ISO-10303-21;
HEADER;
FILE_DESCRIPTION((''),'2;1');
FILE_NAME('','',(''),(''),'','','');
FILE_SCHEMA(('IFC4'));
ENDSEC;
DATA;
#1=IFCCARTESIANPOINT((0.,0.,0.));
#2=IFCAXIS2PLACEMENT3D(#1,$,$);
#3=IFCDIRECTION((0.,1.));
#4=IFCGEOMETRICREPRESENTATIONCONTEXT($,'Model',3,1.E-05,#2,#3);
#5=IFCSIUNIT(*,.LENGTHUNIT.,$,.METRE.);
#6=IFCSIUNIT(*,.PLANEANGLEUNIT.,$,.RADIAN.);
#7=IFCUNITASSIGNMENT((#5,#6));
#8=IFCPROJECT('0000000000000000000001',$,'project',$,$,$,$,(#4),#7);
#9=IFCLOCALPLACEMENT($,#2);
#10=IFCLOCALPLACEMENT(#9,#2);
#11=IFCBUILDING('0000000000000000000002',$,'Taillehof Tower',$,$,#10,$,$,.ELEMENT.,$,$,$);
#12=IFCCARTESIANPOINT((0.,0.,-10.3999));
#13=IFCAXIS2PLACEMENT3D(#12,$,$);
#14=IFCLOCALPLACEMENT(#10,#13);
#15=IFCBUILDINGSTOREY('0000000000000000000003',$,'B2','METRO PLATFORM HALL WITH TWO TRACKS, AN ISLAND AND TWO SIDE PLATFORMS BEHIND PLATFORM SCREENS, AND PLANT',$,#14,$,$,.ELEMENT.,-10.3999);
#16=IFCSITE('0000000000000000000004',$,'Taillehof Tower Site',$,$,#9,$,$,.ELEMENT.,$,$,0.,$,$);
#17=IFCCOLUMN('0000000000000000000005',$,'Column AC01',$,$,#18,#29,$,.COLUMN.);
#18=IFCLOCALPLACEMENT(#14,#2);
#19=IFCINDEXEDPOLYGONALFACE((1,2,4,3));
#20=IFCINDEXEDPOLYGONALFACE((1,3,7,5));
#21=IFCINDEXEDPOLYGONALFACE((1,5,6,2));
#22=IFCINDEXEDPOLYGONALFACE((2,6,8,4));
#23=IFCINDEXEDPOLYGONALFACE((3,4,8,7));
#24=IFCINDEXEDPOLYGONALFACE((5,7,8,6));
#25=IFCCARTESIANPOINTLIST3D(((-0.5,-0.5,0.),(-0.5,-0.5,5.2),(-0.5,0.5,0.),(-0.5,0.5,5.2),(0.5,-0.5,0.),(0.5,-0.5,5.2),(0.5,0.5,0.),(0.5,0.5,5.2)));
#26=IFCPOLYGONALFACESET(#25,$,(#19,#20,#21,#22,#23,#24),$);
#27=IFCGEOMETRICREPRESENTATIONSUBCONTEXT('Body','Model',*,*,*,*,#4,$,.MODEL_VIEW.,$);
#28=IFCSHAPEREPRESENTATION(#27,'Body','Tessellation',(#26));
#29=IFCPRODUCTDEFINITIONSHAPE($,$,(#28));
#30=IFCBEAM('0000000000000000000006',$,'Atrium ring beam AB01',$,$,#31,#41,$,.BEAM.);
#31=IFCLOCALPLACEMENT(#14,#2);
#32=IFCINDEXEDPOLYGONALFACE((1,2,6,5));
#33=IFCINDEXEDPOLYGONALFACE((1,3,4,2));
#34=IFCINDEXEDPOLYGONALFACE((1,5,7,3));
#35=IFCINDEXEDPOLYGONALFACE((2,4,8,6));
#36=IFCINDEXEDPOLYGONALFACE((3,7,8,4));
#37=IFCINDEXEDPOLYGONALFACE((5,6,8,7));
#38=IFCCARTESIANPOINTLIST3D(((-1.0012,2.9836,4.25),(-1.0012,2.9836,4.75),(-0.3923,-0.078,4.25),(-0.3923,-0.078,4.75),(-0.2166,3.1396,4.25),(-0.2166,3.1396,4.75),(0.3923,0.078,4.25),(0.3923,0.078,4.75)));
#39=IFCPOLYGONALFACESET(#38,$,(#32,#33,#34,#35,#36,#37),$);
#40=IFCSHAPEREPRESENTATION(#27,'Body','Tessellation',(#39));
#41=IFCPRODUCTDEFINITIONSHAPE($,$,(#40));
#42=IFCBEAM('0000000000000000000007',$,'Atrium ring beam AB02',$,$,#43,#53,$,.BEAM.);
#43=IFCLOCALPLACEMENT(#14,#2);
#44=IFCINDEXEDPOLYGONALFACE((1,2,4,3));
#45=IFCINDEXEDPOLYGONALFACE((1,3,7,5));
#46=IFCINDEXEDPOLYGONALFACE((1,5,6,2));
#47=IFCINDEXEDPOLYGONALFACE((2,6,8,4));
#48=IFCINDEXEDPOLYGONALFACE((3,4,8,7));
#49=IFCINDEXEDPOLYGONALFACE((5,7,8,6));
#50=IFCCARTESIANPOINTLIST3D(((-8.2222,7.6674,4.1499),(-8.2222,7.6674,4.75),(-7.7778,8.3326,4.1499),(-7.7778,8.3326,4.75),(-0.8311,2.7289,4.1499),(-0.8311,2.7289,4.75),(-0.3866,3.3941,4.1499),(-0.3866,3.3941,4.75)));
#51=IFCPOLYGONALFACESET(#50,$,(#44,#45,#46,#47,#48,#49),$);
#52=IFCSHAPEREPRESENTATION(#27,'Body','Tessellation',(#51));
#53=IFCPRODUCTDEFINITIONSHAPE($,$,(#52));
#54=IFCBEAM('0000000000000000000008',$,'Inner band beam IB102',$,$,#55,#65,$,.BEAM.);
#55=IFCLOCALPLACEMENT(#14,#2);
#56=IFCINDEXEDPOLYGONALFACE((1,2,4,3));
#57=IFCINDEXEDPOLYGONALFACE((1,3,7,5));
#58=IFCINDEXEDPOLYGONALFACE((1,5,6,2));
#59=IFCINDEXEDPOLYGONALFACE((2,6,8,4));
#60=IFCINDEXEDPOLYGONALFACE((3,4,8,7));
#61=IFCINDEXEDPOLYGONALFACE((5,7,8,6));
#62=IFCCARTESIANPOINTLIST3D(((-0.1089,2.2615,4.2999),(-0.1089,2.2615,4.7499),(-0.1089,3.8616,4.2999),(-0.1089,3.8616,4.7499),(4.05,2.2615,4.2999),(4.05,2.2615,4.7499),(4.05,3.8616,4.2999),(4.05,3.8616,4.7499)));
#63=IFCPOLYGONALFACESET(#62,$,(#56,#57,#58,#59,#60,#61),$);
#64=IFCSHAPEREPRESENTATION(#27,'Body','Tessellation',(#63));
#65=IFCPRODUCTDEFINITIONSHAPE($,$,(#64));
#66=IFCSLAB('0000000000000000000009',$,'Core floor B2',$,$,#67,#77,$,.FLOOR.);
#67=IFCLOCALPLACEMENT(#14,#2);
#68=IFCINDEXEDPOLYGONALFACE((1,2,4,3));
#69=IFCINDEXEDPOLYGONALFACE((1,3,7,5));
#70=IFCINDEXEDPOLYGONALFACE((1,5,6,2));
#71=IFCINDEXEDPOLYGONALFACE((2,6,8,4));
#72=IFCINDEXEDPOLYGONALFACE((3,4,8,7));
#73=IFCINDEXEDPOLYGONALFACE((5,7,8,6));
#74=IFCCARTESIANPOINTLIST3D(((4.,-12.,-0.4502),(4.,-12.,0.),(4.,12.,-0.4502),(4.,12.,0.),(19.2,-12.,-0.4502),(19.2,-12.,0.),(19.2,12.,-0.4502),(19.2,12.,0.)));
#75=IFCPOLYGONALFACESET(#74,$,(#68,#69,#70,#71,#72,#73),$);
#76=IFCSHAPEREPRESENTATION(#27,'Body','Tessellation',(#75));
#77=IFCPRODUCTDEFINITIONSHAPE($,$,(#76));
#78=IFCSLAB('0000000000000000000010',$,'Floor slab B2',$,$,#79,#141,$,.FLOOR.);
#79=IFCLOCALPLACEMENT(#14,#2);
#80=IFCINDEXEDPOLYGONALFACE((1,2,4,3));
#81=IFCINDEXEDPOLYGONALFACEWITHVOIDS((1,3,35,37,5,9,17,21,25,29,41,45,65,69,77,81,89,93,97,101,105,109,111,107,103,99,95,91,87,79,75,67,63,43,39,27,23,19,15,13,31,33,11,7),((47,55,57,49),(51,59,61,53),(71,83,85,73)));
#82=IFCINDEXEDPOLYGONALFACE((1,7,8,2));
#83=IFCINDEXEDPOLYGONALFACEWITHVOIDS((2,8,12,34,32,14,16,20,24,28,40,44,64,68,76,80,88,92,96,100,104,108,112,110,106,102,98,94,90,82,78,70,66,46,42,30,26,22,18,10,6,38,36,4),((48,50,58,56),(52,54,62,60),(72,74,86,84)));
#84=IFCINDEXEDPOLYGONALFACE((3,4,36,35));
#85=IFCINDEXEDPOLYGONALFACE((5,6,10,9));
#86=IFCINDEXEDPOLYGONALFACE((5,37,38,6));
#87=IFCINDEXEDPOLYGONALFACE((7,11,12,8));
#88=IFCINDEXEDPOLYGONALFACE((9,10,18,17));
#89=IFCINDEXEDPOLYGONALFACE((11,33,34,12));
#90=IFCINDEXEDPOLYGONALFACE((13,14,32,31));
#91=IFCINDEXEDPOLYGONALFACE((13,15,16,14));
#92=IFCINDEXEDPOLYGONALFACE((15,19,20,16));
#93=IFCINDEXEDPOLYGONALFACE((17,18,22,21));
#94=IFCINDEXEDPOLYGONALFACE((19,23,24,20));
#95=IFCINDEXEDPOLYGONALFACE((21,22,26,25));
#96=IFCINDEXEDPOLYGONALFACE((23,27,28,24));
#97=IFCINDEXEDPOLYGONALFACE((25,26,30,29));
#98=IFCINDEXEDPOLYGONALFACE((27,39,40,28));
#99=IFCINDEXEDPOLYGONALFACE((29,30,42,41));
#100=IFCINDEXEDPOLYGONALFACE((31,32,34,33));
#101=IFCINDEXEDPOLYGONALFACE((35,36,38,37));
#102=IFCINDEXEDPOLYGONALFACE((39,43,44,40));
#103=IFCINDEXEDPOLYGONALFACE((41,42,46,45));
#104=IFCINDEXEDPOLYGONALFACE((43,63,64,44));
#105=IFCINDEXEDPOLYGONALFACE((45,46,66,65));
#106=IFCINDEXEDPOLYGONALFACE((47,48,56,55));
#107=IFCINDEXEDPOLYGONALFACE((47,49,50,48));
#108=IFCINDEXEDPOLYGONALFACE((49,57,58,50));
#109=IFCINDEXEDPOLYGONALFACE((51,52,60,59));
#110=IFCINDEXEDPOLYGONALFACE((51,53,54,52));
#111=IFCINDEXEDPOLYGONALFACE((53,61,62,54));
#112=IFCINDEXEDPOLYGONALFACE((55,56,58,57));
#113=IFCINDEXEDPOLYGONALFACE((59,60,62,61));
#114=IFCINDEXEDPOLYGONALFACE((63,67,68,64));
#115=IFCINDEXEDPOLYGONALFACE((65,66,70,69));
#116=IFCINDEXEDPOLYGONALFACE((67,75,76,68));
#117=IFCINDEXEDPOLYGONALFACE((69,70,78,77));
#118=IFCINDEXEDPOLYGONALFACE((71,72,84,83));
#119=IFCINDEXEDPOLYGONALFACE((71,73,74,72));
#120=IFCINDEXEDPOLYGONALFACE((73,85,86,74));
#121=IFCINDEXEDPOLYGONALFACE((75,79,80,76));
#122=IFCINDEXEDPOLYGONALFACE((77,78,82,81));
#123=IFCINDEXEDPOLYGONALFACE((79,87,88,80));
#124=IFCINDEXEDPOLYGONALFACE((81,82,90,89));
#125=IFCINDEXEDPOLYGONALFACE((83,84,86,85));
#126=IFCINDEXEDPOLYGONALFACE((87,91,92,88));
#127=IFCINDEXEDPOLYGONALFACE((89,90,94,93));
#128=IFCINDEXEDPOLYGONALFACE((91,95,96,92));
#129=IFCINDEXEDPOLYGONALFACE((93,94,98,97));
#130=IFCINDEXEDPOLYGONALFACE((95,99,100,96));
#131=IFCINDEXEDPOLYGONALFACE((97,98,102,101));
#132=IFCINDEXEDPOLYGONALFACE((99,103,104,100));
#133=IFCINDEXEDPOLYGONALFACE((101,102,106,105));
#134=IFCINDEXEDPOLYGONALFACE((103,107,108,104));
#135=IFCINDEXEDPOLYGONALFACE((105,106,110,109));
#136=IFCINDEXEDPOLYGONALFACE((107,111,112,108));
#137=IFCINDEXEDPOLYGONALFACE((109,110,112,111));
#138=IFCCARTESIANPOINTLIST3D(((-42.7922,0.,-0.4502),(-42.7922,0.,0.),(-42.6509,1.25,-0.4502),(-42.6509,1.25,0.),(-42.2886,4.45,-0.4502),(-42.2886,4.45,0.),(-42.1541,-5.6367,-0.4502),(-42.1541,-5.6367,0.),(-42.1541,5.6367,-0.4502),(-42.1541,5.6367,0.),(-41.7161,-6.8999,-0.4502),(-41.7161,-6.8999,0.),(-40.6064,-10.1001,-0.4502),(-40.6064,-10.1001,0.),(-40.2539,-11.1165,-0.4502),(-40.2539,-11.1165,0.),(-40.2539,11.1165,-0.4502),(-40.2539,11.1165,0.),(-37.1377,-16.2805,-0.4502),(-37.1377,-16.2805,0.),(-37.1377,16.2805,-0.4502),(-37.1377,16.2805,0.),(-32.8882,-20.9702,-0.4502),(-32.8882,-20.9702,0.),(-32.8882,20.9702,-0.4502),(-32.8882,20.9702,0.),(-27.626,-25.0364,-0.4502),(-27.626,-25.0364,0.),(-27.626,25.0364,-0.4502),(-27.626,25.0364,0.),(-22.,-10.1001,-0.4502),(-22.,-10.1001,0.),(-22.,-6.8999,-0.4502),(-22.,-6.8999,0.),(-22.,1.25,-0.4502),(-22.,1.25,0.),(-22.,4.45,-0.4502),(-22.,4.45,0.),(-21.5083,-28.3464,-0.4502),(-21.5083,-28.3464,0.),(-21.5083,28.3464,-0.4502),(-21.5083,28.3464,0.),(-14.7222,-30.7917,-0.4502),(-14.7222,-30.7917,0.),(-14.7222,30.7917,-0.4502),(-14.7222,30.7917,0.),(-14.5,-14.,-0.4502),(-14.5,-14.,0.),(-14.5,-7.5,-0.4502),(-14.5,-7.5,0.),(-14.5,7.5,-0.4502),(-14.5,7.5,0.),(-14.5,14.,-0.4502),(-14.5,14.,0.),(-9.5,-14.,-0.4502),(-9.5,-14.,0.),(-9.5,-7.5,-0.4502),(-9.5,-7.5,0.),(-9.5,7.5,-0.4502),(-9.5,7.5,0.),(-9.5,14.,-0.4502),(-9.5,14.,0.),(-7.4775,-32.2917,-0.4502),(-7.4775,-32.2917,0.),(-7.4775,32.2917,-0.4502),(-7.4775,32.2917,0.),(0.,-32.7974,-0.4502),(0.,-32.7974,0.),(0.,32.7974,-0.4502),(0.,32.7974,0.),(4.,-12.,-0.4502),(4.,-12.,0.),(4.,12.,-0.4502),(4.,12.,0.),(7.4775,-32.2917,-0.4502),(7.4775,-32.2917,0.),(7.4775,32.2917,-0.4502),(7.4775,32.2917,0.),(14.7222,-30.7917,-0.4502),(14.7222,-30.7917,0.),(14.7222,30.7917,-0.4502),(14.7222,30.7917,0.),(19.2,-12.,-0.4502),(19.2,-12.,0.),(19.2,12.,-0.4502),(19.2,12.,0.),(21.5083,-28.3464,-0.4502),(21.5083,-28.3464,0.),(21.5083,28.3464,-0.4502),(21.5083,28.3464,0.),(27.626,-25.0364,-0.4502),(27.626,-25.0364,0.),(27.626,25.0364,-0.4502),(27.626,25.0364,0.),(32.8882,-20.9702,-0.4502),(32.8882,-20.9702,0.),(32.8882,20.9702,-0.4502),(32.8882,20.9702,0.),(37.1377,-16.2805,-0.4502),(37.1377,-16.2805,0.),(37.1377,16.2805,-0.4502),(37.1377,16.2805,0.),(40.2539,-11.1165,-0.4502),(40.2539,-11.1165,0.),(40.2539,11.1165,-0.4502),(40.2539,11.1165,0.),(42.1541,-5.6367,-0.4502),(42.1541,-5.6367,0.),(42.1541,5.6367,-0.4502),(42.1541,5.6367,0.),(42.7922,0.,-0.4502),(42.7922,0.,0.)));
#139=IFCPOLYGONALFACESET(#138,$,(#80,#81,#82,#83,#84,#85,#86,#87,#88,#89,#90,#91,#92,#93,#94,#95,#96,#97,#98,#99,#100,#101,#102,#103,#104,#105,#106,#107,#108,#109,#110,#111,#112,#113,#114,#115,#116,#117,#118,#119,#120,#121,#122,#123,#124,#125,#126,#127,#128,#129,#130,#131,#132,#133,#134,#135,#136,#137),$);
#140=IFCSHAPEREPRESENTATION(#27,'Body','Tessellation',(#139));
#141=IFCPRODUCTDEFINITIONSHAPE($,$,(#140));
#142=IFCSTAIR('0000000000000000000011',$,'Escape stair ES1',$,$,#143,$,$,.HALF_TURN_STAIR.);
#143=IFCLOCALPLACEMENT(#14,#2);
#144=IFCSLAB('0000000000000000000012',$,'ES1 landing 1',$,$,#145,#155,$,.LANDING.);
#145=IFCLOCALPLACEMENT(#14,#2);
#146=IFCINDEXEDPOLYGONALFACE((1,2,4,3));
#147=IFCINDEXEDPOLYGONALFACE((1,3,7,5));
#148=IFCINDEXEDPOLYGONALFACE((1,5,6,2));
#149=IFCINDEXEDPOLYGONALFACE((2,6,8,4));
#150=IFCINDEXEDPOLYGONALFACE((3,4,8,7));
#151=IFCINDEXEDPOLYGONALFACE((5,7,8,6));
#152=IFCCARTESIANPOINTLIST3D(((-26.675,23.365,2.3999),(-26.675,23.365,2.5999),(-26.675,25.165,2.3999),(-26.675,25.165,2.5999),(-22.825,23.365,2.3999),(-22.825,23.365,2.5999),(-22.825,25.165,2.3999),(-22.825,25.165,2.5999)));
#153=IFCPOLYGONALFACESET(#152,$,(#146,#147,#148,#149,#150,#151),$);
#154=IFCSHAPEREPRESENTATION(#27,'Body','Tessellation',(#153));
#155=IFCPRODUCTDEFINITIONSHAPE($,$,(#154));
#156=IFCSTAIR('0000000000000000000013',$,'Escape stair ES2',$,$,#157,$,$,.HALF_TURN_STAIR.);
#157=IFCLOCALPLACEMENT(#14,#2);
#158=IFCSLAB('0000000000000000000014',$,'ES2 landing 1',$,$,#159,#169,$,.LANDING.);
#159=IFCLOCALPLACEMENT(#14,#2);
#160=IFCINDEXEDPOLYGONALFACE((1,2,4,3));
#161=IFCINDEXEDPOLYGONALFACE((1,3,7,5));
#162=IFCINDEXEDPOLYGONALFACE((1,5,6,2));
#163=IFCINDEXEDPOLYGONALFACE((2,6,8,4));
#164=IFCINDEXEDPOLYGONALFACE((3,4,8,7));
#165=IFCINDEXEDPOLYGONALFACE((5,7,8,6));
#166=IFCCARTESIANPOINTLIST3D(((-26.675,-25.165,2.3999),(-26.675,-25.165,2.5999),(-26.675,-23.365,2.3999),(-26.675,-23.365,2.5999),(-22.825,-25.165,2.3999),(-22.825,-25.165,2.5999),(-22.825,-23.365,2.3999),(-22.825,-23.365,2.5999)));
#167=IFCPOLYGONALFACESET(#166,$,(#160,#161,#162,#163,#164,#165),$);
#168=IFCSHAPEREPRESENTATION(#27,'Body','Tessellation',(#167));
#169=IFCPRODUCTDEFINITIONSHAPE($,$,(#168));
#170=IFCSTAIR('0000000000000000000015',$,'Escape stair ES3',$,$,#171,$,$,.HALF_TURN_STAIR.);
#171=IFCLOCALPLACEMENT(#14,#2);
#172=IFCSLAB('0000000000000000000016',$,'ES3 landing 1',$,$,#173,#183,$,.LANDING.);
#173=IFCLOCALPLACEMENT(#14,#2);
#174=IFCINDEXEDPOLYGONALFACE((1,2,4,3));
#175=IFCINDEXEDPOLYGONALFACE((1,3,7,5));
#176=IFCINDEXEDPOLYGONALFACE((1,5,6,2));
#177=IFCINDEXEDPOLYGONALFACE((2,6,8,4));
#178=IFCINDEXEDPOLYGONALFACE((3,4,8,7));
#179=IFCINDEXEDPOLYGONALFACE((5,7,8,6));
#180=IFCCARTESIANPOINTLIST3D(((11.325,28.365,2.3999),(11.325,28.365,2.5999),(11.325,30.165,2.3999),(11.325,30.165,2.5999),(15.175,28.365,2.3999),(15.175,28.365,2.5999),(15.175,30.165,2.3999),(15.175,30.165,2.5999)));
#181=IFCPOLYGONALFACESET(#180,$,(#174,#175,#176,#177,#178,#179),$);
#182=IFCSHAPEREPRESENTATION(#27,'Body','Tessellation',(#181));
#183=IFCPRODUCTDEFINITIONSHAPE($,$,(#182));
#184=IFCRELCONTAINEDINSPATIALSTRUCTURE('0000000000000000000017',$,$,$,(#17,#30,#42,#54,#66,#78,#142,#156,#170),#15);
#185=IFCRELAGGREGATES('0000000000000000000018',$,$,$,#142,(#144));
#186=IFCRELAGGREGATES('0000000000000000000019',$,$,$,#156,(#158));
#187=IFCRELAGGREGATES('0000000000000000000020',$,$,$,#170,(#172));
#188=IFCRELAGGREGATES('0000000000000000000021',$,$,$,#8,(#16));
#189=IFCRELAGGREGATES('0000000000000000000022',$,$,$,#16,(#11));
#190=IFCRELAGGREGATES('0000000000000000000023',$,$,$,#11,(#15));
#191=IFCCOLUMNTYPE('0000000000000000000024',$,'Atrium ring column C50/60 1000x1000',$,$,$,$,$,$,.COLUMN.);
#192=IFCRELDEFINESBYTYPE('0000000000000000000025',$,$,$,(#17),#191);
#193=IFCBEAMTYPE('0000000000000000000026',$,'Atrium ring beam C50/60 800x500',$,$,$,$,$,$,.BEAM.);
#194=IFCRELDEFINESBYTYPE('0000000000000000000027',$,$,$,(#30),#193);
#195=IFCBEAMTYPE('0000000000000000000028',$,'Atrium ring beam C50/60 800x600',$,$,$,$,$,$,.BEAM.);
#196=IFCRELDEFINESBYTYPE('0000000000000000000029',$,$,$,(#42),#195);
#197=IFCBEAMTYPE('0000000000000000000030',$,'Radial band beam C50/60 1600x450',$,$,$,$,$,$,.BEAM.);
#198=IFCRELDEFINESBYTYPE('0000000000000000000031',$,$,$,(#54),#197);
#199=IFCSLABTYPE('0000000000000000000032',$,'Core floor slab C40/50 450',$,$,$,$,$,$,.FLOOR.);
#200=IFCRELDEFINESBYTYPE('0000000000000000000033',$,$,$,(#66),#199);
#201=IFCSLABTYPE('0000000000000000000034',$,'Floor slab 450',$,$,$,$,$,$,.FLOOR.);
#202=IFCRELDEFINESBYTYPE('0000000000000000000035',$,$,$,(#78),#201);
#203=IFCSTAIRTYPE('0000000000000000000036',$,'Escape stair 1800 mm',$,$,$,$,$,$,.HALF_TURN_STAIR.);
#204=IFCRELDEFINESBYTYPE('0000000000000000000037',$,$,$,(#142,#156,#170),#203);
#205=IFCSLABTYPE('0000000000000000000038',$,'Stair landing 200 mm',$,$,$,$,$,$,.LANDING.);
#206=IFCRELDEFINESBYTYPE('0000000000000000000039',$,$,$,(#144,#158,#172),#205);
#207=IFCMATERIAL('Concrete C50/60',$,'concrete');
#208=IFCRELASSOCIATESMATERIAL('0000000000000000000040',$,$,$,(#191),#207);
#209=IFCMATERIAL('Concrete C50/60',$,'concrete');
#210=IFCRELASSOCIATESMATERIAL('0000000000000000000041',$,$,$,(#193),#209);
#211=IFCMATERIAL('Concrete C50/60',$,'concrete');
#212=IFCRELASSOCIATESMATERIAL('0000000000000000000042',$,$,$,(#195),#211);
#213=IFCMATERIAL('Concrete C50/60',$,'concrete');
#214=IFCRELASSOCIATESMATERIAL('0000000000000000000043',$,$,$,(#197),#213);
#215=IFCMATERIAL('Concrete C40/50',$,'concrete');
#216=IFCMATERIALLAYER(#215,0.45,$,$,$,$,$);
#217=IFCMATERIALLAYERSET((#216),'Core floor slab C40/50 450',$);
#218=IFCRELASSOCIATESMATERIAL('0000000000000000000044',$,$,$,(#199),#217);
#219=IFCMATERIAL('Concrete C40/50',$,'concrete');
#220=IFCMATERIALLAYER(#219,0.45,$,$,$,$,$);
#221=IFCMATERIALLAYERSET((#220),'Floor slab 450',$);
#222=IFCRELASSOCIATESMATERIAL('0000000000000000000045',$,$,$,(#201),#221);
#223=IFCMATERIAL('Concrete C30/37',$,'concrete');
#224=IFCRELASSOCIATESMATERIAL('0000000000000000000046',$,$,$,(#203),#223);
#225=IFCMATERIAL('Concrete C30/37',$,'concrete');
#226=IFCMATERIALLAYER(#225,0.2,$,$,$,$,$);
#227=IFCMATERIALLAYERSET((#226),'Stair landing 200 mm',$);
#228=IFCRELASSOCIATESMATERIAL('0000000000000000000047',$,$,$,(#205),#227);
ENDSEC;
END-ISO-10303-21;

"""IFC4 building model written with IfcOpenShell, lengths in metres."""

from ifc_helpers import new_model, si_unit, direction, frame, origin, origin_with_axes, origin_2d, place, context, subcontext, project, spatial, polyline, rectangle, outline, extrude, material, layer, layer_set, material_profile, profile_set, type_object, element, aggregate, save


model = new_model("IFC4")

# Units and contexts
model_context = context("Model", 3, precision=1e-05, world=origin(), true_north=direction((0.0, 1.0)))
body_context = subcontext(model_context, "Body", "Model", "MODEL_VIEW")
ifc_project = project(units=[si_unit("LENGTHUNIT", "METRE"), si_unit("PLANEANGLEUNIT", "RADIAN")], contexts=[model_context])

# Site, building, storey
site_placement = place(None, origin())
site = spatial("IfcSite", under=ifc_project, at=site_placement, Name="Taillehof Tower Site", CompositionType="ELEMENT", RefElevation=0.0)
building_placement = place(site_placement, origin())
building = spatial("IfcBuilding", under=site, at=building_placement, Name="Taillehof Tower", CompositionType="ELEMENT")
storey_placement = place(building_placement, frame((0.0, 0.0, -10.3999)))
storey = spatial("IfcBuildingStorey", under=building, at=storey_placement, Name="B2", Description="METRO PLATFORM HALL WITH TWO TRACKS, AN ISLAND AND TWO SIDE PLATFORMS BEHIND PLATFORM SCREENS, AND PLANT", CompositionType="ELEMENT", Elevation=-10.3999)

# Column
ifc_material_1 = material(Name="Concrete C50/60", Category="concrete")
ifc_material_profile_1 = material_profile(ifc_material_1, rectangle(XDim=1.0, YDim=1.0, at=origin_2d()), Name="RC 1000x1000")
ifc_profile_set_1 = profile_set([ifc_material_profile_1], Name="Concrete C50/60")
column_type = type_object("IfcColumnType", Name="Atrium ring column C50/60 1000x1000", PredefinedType="COLUMN", material=ifc_profile_set_1)
column_placement = place(storey_placement, origin_with_axes())
element("IfcColumn", 1, at=column_placement, inside=storey, type_object=column_type, Name="Column AC01", PredefinedType="COLUMN", context=body_context, shape_type="SweptSolid", body=[
    extrude(rectangle(XDim=1.0, YDim=1.0, at=origin_2d()), origin(), (0.0, 0.0, 1.0), 5.2),
])

# Beams
ifc_material_2 = material(Name="Concrete C50/60", Category="concrete")
ifc_material_profile_2 = material_profile(ifc_material_2, rectangle(XDim=0.8, YDim=0.5, at=origin_2d()), Name="RC 800x500")
ifc_profile_set_2 = profile_set([ifc_material_profile_2], Name="Concrete C50/60")
beam_type_1 = type_object("IfcBeamType", Name="Atrium ring beam C50/60 800x500", PredefinedType="BEAM", material=ifc_profile_set_2)
beam_1_placement = place(storey_placement, frame((0.0, 0.0, 4.5), z_axis=(-0.195063, 0.980791, 0.0), x_axis=(-0.980791, -0.195063, 0.0)))
element("IfcBeam", 2, at=beam_1_placement, inside=storey, type_object=beam_type_1, Name="Atrium ring beam AB01", PredefinedType="BEAM", context=body_context, shape_type="SweptSolid", body=[
    extrude(rectangle(XDim=0.8, YDim=0.5, at=origin_2d()), origin(), (0.0, 0.0, 1.0), 3.1216),
])
ifc_material_3 = material(Name="Concrete C50/60", Category="concrete")
ifc_material_profile_3 = material_profile(ifc_material_3, rectangle(XDim=0.8, YDim=0.6001, at=origin_2d()), Name="RC 800x600")
ifc_profile_set_3 = profile_set([ifc_material_profile_3], Name="Concrete C50/60")
beam_type_2 = type_object("IfcBeamType", Name="Atrium ring beam C50/60 800x600", PredefinedType="BEAM", material=ifc_profile_set_3)
beam_2_placement = place(storey_placement, frame((-0.6089, 3.0615, 4.45), z_axis=(-0.831475, 0.555562, 0.0), x_axis=(-0.555562, -0.831475, 0.0)))
element("IfcBeam", 3, at=beam_2_placement, inside=storey, type_object=beam_type_2, Name="Atrium ring beam AB02", PredefinedType="BEAM", context=body_context, shape_type="SweptSolid", body=[
    extrude(rectangle(XDim=0.8, YDim=0.6001, at=origin_2d()), origin(), (0.0, 0.0, 1.0), 8.8892),
])
ifc_material_4 = material(Name="Concrete C50/60", Category="concrete")
ifc_material_profile_4 = material_profile(ifc_material_4, rectangle(XDim=1.6001, YDim=0.45, at=origin_2d()), Name="RC 1600x450")
ifc_profile_set_4 = profile_set([ifc_material_profile_4], Name="Concrete C50/60")
beam_type_3 = type_object("IfcBeamType", Name="Radial band beam C50/60 1600x450", PredefinedType="BEAM", material=ifc_profile_set_4)
beam_3_placement = place(storey_placement, frame((-0.1089, 3.0615, 4.5249), z_axis=(1.0, 0.0, 0.0), x_axis=(0.0, 1.0, 0.0)))
element("IfcBeam", 4, at=beam_3_placement, inside=storey, type_object=beam_type_3, Name="Inner band beam IB102", PredefinedType="BEAM", context=body_context, shape_type="SweptSolid", body=[
    extrude(rectangle(XDim=1.6001, YDim=0.45, at=origin_2d()), origin(), (0.0, 0.0, 1.0), 4.1589),
])

# Slabs
ifc_material_5 = material(Name="Concrete C40/50", Category="concrete")
ifc_layer_1 = layer(ifc_material_5, 0.45)
ifc_layer_set_1 = layer_set([ifc_layer_1], Name="Core floor slab C40/50 450")
slab_type_1 = type_object("IfcSlabType", Name="Core floor slab C40/50 450", PredefinedType="FLOOR", material=ifc_layer_set_1)
slab_1_placement = place(storey_placement, frame((0.0, 0.0, -0.4502)))
element("IfcSlab", 5, at=slab_1_placement, inside=storey, type_object=slab_type_1, Name="Core floor B2", PredefinedType="FLOOR", context=body_context, shape_type="SweptSolid", body=[
    extrude(outline(polyline([(19.2, -12.0), (19.2, 12.0), (4.0, 12.0), (4.0, -12.0), (19.2, -12.0)])), origin(), (0.0, 0.0, 1.0), 0.4502),
])
ifc_material_6 = material(Name="Concrete C40/50", Category="concrete")
ifc_layer_2 = layer(ifc_material_6, 0.45)
ifc_layer_set_2 = layer_set([ifc_layer_2], Name="Floor slab 450")
slab_type_2 = type_object("IfcSlabType", Name="Floor slab 450", PredefinedType="FLOOR", material=ifc_layer_set_2)
slab_2_placement = place(storey_placement, frame((0.0, 0.0, -0.4502)))
element("IfcSlab", 6, at=slab_2_placement, inside=storey, type_object=slab_type_2, Name="Floor slab B2", PredefinedType="FLOOR", context=body_context, shape_type="SweptSolid", body=[
    extrude(outline(polyline([(-42.1541, 5.6367), (-40.2539, 11.1165), (-37.1377, 16.2805), (-32.8882, 20.9702), (-27.626, 25.0364), (-21.5083, 28.3464), (-14.7222, 30.7917), (-7.4775, 32.2917), (0.0, 32.7974), (7.4775, 32.2917), (14.7222, 30.7917), (21.5083, 28.3464), (27.626, 25.0364), (32.8882, 20.9702), (37.1377, 16.2805), (40.2539, 11.1165), (42.1541, 5.6367), (42.7922, 0.0), (42.1541, -5.6367), (40.2539, -11.1165), (37.1377, -16.2805), (32.8882, -20.9702), (27.626, -25.0364), (21.5083, -28.3464), (14.7222, -30.7917), (7.4775, -32.2917), (0.0, -32.7974), (-7.4775, -32.2917), (-14.7222, -30.7917), (-21.5083, -28.3464), (-27.626, -25.0364), (-32.8882, -20.9702), (-37.1377, -16.2805), (-40.2539, -11.1165), (-40.6064, -10.1001), (-22.0, -10.1001), (-22.0, -6.8999), (-41.7161, -6.8999), (-42.1541, -5.6367), (-42.7922, 0.0), (-42.6509, 1.25), (-22.0, 1.25), (-22.0, 4.45), (-42.2886, 4.45), (-42.1541, 5.6367)]), holes=[polyline([(-14.5, -7.5), (-9.5, -7.5), (-9.5, -14.0), (-14.5, -14.0), (-14.5, -7.5)]), polyline([(19.2, 12.0), (19.2, -12.0), (4.0, -12.0), (4.0, 12.0), (19.2, 12.0)]), polyline([(-9.5, 14.0), (-9.5, 7.5), (-14.5, 7.5), (-14.5, 14.0), (-9.5, 14.0)])]), origin(), (0.0, 0.0, 1.0), 0.4502),
])

# Stairs, slabs
ifc_material_7 = material(Name="Concrete C30/37", Category="concrete")
stair_type_1 = type_object("IfcStairType", Name="Escape stair 1800 mm", PredefinedType="HALF_TURN_STAIR", material=ifc_material_7)
stair_1_placement = place(storey_placement, origin())
stair_1 = element("IfcStair", 7, at=stair_1_placement, inside=storey, type_object=stair_type_1, Name="Escape stair ES1", PredefinedType="HALF_TURN_STAIR")
ifc_material_8 = material(Name="Concrete C30/37", Category="concrete")
ifc_layer_3 = layer(ifc_material_8, 0.2)
ifc_layer_set_3 = layer_set([ifc_layer_3], Name="Stair landing 200 mm")
slab_type_3 = type_object("IfcSlabType", Name="Stair landing 200 mm", PredefinedType="LANDING", material=ifc_layer_set_3)
slab_3_placement = place(storey_placement, frame((0.0, 0.0, 2.3999)))
slab_3 = element("IfcSlab", 8, at=slab_3_placement, type_object=slab_type_3, Name="ES1 landing 1", PredefinedType="LANDING", context=body_context, shape_type="SweptSolid", body=[
    extrude(outline(polyline([(-26.675, 23.365), (-22.825, 23.365), (-22.825, 25.165), (-26.675, 25.165), (-26.675, 23.365)])), origin(), (0.0, 0.0, 1.0), 0.2),
])
aggregate(stair_1, [slab_3])
stair_2_placement = place(storey_placement, origin())
stair_2 = element("IfcStair", 9, at=stair_2_placement, inside=storey, type_object=stair_type_1, Name="Escape stair ES2", PredefinedType="HALF_TURN_STAIR")
slab_4_placement = place(storey_placement, frame((0.0, 0.0, 2.3999)))
slab_4 = element("IfcSlab", 10, at=slab_4_placement, type_object=slab_type_3, Name="ES2 landing 1", PredefinedType="LANDING", context=body_context, shape_type="SweptSolid", body=[
    extrude(outline(polyline([(-22.825, -23.365), (-26.675, -23.365), (-26.675, -25.165), (-22.825, -25.165), (-22.825, -23.365)])), origin(), (0.0, 0.0, 1.0), 0.2),
])
aggregate(stair_2, [slab_4])
stair_3_placement = place(storey_placement, origin())
stair_3 = element("IfcStair", 11, at=stair_3_placement, inside=storey, type_object=stair_type_1, Name="Escape stair ES3", PredefinedType="HALF_TURN_STAIR")
slab_5_placement = place(storey_placement, frame((0.0, 0.0, 2.3999)))
slab_5 = element("IfcSlab", 12, at=slab_5_placement, type_object=slab_type_3, Name="ES3 landing 1", PredefinedType="LANDING", context=body_context, shape_type="SweptSolid", body=[
    extrude(outline(polyline([(11.325, 28.365), (15.175, 28.365), (15.175, 30.165), (11.325, 30.165), (11.325, 28.365)])), origin(), (0.0, 0.0, 1.0), 0.2),
])
aggregate(stair_3, [slab_5])

save(model, "model.ifc")
